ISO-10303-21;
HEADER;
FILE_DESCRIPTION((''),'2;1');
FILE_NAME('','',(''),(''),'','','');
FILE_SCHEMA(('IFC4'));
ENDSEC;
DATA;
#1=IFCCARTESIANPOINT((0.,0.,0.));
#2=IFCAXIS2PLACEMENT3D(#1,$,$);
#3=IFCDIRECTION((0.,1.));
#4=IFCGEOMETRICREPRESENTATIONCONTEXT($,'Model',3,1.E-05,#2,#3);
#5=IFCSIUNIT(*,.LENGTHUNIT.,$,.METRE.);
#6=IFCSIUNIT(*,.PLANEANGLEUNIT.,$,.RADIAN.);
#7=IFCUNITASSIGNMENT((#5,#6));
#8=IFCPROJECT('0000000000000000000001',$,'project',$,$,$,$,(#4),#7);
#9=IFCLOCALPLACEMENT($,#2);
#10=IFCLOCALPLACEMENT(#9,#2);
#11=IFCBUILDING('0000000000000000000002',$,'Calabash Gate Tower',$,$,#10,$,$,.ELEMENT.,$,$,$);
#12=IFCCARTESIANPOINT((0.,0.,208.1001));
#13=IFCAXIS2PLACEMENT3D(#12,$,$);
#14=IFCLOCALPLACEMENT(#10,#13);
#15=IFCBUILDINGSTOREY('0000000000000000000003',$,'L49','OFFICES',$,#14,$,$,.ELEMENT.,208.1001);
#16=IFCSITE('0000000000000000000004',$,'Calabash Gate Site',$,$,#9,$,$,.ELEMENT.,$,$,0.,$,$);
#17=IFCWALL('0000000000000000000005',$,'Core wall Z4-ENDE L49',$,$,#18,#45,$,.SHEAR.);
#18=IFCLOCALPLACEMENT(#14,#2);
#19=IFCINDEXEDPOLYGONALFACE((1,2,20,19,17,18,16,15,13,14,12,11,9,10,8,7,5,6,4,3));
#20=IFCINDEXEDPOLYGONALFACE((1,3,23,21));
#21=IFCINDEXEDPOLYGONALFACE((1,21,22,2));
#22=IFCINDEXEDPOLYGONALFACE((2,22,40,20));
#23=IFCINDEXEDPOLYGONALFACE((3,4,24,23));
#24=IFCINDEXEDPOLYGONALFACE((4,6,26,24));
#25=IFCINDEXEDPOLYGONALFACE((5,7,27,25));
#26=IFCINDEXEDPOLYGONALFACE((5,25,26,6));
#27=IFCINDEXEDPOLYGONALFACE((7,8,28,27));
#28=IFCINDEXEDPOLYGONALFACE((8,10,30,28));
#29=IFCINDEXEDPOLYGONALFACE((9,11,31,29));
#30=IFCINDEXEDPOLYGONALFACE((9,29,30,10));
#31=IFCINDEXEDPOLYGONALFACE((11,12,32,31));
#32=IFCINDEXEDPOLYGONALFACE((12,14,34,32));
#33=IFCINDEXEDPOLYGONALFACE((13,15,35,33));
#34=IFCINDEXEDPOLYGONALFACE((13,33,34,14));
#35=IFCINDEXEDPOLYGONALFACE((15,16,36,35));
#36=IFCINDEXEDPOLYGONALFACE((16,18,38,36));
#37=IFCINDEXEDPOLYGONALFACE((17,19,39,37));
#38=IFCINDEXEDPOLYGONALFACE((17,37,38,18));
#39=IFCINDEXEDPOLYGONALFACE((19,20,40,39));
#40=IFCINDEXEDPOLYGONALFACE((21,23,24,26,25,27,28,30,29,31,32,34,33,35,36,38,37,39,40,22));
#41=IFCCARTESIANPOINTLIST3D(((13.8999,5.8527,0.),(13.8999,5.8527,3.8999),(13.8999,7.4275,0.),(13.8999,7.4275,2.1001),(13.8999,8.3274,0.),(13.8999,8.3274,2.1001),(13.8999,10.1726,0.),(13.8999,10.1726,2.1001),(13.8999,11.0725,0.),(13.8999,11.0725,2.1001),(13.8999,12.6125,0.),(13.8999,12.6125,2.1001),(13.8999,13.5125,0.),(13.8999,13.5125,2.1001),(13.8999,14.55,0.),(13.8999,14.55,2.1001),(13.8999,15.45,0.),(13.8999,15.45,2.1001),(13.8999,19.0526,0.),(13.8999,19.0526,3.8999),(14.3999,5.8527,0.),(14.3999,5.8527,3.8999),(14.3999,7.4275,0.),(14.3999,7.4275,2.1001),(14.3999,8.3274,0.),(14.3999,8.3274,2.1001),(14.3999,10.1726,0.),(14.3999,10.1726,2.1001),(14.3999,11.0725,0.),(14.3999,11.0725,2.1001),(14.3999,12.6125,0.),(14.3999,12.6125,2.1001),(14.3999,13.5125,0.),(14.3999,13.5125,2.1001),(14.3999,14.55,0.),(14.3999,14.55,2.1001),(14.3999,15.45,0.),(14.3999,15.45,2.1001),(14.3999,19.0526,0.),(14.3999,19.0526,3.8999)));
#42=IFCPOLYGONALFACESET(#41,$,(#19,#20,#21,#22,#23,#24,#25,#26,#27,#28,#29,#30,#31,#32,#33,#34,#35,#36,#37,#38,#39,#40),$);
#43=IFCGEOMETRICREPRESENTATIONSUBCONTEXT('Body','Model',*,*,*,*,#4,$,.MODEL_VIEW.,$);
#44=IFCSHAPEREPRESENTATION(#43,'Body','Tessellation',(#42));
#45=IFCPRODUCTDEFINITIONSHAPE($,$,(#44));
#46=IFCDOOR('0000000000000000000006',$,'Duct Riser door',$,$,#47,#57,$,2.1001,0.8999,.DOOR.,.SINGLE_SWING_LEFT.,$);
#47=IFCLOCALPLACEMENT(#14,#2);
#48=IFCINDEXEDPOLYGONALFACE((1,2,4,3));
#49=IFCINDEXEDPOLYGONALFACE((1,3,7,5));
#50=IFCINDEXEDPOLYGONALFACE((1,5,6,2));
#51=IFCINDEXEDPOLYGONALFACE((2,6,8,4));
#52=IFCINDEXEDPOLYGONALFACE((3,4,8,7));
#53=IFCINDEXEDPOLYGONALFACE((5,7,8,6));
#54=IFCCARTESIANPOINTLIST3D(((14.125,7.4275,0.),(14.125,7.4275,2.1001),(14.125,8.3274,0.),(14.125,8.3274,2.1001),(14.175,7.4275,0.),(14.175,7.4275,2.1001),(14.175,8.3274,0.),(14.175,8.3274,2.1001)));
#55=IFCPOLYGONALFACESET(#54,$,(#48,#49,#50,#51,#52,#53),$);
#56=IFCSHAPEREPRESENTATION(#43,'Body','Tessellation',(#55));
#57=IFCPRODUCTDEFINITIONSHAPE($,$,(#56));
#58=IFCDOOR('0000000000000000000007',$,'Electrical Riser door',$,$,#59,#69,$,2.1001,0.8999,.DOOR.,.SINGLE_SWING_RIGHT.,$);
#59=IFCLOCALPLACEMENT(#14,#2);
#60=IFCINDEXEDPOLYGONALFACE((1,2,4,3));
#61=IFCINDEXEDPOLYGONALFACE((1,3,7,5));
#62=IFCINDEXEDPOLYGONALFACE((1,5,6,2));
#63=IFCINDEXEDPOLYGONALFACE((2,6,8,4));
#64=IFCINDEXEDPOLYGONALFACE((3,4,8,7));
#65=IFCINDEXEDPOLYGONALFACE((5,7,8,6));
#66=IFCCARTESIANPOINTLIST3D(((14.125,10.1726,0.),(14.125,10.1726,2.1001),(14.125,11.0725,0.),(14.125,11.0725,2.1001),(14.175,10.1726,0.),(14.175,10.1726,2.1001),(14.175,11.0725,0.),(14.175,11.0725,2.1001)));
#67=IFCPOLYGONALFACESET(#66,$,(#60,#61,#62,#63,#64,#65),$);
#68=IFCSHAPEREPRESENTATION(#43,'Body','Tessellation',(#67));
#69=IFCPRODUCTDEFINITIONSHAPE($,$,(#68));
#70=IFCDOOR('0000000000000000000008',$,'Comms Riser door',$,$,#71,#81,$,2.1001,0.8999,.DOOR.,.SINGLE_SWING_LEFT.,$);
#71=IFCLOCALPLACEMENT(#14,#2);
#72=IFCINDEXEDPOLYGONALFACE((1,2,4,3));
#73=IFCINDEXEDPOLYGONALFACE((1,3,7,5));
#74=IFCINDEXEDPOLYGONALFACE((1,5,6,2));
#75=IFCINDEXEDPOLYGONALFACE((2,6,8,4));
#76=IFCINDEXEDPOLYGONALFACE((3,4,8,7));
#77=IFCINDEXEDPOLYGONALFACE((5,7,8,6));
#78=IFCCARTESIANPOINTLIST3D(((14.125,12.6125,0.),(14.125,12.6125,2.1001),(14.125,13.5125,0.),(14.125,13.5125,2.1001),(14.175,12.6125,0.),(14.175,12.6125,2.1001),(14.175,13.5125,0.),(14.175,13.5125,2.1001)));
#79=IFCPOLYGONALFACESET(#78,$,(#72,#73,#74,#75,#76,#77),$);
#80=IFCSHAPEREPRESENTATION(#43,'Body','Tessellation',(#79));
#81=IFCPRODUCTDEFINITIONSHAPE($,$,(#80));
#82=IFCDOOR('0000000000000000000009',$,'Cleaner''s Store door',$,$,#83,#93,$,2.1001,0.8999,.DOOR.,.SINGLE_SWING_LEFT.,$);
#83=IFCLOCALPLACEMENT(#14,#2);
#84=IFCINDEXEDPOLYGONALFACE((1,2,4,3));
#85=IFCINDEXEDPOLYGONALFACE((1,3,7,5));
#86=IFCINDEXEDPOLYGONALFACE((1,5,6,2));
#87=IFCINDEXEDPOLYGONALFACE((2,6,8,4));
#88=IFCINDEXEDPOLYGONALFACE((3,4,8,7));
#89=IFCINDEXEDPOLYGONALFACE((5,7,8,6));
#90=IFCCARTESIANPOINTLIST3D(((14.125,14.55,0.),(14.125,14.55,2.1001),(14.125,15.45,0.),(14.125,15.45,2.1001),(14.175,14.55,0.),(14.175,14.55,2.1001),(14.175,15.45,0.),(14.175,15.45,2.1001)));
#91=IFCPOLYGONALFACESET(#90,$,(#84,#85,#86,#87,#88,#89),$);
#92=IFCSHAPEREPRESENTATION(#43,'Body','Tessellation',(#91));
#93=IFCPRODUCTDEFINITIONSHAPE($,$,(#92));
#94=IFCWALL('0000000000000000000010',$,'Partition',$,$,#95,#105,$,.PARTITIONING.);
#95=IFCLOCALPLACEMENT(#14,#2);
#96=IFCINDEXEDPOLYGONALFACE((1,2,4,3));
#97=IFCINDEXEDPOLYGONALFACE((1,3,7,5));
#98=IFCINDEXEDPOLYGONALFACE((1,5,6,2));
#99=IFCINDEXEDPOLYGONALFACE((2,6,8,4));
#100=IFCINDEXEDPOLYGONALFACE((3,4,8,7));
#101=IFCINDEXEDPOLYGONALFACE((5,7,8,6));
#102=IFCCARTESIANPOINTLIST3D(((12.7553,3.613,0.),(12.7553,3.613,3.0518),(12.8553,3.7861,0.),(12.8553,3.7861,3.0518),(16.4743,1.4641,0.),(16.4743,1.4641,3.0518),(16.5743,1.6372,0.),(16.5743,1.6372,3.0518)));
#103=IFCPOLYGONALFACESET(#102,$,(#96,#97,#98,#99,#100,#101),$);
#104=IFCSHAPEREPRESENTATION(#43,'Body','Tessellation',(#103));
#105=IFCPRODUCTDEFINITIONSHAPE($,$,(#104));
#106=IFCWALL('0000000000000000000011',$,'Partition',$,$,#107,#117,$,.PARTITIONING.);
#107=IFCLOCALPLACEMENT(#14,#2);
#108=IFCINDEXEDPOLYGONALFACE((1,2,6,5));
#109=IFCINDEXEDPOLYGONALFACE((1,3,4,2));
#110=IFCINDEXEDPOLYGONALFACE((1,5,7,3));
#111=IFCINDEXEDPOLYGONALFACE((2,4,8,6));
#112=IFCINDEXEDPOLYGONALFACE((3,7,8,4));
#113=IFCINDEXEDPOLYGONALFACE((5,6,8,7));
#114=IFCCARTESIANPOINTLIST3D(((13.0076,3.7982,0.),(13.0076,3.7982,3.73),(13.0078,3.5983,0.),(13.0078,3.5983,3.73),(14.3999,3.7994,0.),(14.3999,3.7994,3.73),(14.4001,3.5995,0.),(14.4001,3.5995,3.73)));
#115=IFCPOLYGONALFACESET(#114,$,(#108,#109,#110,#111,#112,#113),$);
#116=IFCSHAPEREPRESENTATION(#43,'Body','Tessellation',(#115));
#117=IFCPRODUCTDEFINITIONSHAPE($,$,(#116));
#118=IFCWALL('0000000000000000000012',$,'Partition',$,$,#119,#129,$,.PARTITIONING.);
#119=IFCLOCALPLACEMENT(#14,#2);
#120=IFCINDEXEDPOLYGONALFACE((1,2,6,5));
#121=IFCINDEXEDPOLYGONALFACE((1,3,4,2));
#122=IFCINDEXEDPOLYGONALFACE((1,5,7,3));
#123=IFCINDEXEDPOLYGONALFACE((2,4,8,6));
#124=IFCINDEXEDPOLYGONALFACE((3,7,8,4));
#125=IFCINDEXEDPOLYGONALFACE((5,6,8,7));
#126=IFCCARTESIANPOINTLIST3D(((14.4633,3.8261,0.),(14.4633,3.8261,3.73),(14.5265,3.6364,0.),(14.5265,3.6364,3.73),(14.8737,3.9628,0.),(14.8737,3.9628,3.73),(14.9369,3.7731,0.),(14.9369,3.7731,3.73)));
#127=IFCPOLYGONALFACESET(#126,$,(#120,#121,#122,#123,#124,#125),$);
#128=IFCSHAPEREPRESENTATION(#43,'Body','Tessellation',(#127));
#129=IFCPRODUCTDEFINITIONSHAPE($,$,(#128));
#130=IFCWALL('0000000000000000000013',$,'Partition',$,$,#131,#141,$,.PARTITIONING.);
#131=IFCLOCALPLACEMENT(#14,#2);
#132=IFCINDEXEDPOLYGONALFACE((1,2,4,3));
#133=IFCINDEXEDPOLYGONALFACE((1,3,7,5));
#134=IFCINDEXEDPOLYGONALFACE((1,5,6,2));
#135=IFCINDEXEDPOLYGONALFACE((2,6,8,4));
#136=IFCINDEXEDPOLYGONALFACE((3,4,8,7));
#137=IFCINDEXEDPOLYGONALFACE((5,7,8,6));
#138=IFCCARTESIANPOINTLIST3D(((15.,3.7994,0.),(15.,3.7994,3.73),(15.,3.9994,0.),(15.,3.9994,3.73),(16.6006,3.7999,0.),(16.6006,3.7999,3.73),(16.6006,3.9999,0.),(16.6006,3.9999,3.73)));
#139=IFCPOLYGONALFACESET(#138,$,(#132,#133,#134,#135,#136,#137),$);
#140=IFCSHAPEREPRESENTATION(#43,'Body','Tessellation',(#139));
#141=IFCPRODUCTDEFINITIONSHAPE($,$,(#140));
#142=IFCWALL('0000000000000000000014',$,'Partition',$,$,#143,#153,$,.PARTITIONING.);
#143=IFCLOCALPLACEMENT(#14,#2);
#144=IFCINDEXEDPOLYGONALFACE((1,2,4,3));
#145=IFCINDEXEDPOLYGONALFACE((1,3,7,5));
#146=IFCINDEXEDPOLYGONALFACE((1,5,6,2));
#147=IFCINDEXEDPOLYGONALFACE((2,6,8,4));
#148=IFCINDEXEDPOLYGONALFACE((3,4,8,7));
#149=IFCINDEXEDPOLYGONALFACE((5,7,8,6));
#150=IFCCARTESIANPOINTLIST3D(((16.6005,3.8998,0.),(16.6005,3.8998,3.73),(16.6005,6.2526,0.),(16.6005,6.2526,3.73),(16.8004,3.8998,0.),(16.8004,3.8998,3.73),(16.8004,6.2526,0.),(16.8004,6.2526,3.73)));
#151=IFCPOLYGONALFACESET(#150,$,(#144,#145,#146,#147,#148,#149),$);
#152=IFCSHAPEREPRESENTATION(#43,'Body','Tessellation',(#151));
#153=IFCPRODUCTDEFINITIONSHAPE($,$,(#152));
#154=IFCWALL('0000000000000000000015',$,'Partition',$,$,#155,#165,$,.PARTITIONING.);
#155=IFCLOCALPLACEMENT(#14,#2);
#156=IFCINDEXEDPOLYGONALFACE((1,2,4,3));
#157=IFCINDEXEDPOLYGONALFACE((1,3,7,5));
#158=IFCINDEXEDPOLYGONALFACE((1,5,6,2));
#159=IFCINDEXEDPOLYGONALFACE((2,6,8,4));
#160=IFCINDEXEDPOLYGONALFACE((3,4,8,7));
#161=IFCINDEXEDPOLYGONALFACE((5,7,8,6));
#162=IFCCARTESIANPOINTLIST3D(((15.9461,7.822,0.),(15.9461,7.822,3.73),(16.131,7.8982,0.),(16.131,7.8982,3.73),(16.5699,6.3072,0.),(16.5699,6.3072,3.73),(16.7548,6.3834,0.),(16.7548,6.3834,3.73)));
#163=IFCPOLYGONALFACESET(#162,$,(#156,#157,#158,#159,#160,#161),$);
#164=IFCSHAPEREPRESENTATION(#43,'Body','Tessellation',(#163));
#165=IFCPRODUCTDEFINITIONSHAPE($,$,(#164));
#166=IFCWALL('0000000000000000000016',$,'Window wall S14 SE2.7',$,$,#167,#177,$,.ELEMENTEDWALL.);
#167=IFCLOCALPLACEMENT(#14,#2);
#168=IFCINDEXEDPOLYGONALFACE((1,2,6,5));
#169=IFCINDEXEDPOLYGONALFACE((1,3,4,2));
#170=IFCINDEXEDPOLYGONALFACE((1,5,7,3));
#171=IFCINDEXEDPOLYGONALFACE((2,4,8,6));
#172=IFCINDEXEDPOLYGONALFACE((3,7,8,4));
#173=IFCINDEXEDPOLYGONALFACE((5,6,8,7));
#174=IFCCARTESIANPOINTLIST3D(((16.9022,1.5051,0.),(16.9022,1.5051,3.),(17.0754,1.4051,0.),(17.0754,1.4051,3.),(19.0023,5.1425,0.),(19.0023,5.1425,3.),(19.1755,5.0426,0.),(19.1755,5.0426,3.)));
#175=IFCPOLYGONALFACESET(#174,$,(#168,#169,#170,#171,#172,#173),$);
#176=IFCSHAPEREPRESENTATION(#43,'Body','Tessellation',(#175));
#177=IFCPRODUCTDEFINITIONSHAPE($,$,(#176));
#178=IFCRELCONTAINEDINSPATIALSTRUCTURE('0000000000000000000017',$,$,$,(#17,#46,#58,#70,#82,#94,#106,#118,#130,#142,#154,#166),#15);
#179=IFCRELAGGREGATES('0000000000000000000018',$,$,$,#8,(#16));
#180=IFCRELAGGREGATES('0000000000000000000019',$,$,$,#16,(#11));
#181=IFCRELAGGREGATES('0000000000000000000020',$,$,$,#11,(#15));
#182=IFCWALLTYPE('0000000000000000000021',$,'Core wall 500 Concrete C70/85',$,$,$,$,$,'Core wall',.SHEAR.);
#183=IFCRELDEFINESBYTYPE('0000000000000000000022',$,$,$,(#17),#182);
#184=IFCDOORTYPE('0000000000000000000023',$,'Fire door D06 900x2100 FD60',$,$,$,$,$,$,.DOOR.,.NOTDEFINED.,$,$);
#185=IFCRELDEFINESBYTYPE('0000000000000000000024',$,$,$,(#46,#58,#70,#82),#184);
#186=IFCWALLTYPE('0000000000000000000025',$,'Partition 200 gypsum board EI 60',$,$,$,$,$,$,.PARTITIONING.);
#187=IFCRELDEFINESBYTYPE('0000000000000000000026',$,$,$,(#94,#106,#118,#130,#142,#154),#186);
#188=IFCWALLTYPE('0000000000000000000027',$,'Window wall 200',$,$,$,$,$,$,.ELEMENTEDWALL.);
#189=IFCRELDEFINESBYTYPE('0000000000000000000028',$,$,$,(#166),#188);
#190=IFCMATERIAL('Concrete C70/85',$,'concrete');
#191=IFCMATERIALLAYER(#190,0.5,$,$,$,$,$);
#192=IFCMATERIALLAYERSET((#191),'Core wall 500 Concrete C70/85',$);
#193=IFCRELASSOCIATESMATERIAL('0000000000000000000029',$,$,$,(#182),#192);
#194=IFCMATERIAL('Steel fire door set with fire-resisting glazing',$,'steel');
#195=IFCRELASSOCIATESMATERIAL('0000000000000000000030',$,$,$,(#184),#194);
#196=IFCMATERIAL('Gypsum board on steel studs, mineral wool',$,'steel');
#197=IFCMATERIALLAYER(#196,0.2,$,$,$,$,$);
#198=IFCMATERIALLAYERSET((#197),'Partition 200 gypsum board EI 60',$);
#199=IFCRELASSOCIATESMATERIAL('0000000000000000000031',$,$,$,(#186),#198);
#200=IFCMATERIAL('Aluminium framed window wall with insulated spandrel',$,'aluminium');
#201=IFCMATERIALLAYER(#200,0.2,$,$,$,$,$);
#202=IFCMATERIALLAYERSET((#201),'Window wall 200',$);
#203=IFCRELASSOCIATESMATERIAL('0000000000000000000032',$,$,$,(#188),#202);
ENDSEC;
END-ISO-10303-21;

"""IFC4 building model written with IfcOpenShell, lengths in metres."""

from ifc_helpers import new_model, si_unit, direction, frame, frame_2d, origin, place, context, subcontext, project, spatial, rectangle, extrude, material, layer, layer_set, type_object, element, fill, save


model = new_model("IFC4")

# Units and contexts
model_context = context("Model", 3, precision=1e-05, world=origin(), true_north=direction((0.0, 1.0)))
body_context = subcontext(model_context, "Body", "Model", "MODEL_VIEW")
ifc_project = project(units=[si_unit("LENGTHUNIT", "METRE"), si_unit("PLANEANGLEUNIT", "RADIAN")], contexts=[model_context])

# Site, building, storey
site_placement = place(None, origin())
site = spatial("IfcSite", under=ifc_project, at=site_placement, Name="Calabash Gate Site", CompositionType="ELEMENT", RefElevation=0.0)
building_placement = place(site_placement, origin())
building = spatial("IfcBuilding", under=site, at=building_placement, Name="Calabash Gate Tower", CompositionType="ELEMENT")
storey_placement = place(building_placement, frame((0.0, 0.0, 208.1001)))
storey = spatial("IfcBuildingStorey", under=building, at=storey_placement, Name="L49", Description="OFFICES", CompositionType="ELEMENT", Elevation=208.1001)

# Wall, openings, doors
ifc_material_1 = material(Name="Concrete C70/85", Category="concrete")
ifc_layer_1 = layer(ifc_material_1, 0.5)
ifc_layer_set_1 = layer_set([ifc_layer_1], Name="Core wall 500 Concrete C70/85")
wall_type_1 = type_object("IfcWallType", Name="Core wall 500 Concrete C70/85", ElementType="Core wall", PredefinedType="SHEAR", material=ifc_layer_set_1)
wall_1_placement = place(storey_placement, frame((14.1499, 5.8525, 0.0), z_axis=(0.0, 0.0, 1.0), x_axis=(0.0, 1.0, 0.0)))
wall_1 = element("IfcWall", 1, at=wall_1_placement, inside=storey, type_object=wall_type_1, Name="Core wall Z4-ENDE L49", PredefinedType="SHEAR", context=body_context, shape_type="SweptSolid", body=[
    extrude(rectangle(XDim=13.2, YDim=0.5, at=frame_2d((6.6001, 0.0))), origin(), (0.0, 0.0, 1.0), 3.8999),
])
opening_1_placement = place(wall_1_placement, frame((1.575, 0.0, 0.0)))
opening_1 = element("IfcOpeningElement", 2, at=opening_1_placement, cuts=wall_1, PredefinedType="OPENING", context=body_context, shape_type="SweptSolid", body=[
    extrude(rectangle(XDim=0.8999, YDim=2.1001, at=frame_2d((0.45, 1.05))), frame((0.0, 0.26, 0.0), z_axis=(0.0, -1.0, 0.0), x_axis=(1.0, 0.0, 0.0)), (0.0, 0.0, 1.0), 0.52),
])
opening_2_placement = place(wall_1_placement, frame((4.3201, 0.0, 0.0)))
opening_2 = element("IfcOpeningElement", 3, at=opening_2_placement, cuts=wall_1, PredefinedType="OPENING", context=body_context, shape_type="SweptSolid", body=[
    extrude(rectangle(XDim=0.8999, YDim=2.1001, at=frame_2d((0.45, 1.05))), frame((0.0, 0.26, 0.0), z_axis=(0.0, -1.0, 0.0), x_axis=(1.0, 0.0, 0.0)), (0.0, 0.0, 1.0), 0.52),
])
opening_3_placement = place(wall_1_placement, frame((6.76, 0.0, 0.0)))
opening_3 = element("IfcOpeningElement", 4, at=opening_3_placement, cuts=wall_1, PredefinedType="OPENING", context=body_context, shape_type="SweptSolid", body=[
    extrude(rectangle(XDim=0.8999, YDim=2.1001, at=frame_2d((0.45, 1.05))), frame((0.0, 0.26, 0.0), z_axis=(0.0, -1.0, 0.0), x_axis=(1.0, 0.0, 0.0)), (0.0, 0.0, 1.0), 0.52),
])
opening_4_placement = place(wall_1_placement, frame((8.6975, 0.0, 0.0)))
opening_4 = element("IfcOpeningElement", 5, at=opening_4_placement, cuts=wall_1, PredefinedType="OPENING", context=body_context, shape_type="SweptSolid", body=[
    extrude(rectangle(XDim=0.8999, YDim=2.1001, at=frame_2d((0.45, 1.05))), frame((0.0, 0.26, 0.0), z_axis=(0.0, -1.0, 0.0), x_axis=(1.0, 0.0, 0.0)), (0.0, 0.0, 1.0), 0.52),
])
ifc_material_2 = material(Name="Steel fire door set with fire-resisting glazing", Category="steel")
door_type_1 = type_object("IfcDoorType", Name="Fire door D06 900x2100 FD60", OperationType="NOTDEFINED", PredefinedType="DOOR", material=ifc_material_2)
door_1_placement = place(opening_1_placement, origin())
door_1 = element("IfcDoor", 6, at=door_1_placement, inside=storey, type_object=door_type_1, Name="Duct Riser door", OperationType="SINGLE_SWING_LEFT", OverallHeight=2.1001, OverallWidth=0.8999, PredefinedType="DOOR", context=body_context, shape_type="SweptSolid", body=[
    extrude(rectangle(XDim=0.8999, YDim=2.1001, at=frame_2d((0.45, 1.05))), frame((0.0, 0.0249, 0.0), z_axis=(0.0, -1.0, 0.0), x_axis=(1.0, 0.0, 0.0)), (0.0, 0.0, 1.0), 0.05),
])
fill(opening_1, door_1)
door_2_placement = place(opening_2_placement, origin())
door_2 = element("IfcDoor", 7, at=door_2_placement, inside=storey, type_object=door_type_1, Name="Electrical Riser door", OperationType="SINGLE_SWING_RIGHT", OverallHeight=2.1001, OverallWidth=0.8999, PredefinedType="DOOR", context=body_context, shape_type="SweptSolid", body=[
    extrude(rectangle(XDim=0.8999, YDim=2.1001, at=frame_2d((0.45, 1.05))), frame((0.0, 0.0249, 0.0), z_axis=(0.0, -1.0, 0.0), x_axis=(1.0, 0.0, 0.0)), (0.0, 0.0, 1.0), 0.05),
])
fill(opening_2, door_2)
door_3_placement = place(opening_3_placement, origin())
door_3 = element("IfcDoor", 8, at=door_3_placement, inside=storey, type_object=door_type_1, Name="Comms Riser door", OperationType="SINGLE_SWING_LEFT", OverallHeight=2.1001, OverallWidth=0.8999, PredefinedType="DOOR", context=body_context, shape_type="SweptSolid", body=[
    extrude(rectangle(XDim=0.8999, YDim=2.1001, at=frame_2d((0.45, 1.05))), frame((0.0, 0.0249, 0.0), z_axis=(0.0, -1.0, 0.0), x_axis=(1.0, 0.0, 0.0)), (0.0, 0.0, 1.0), 0.05),
])
fill(opening_3, door_3)
door_4_placement = place(opening_4_placement, origin())
door_4 = element("IfcDoor", 9, at=door_4_placement, inside=storey, type_object=door_type_1, Name="Cleaner's Store door", OperationType="SINGLE_SWING_LEFT", OverallHeight=2.1001, OverallWidth=0.8999, PredefinedType="DOOR", context=body_context, shape_type="SweptSolid", body=[
    extrude(rectangle(XDim=0.8999, YDim=2.1001, at=frame_2d((0.45, 1.05))), frame((0.0, 0.0249, 0.0), z_axis=(0.0, -1.0, 0.0), x_axis=(1.0, 0.0, 0.0)), (0.0, 0.0, 1.0), 0.05),
])
fill(opening_4, door_4)

# Walls
ifc_material_3 = material(Name="Gypsum board on steel studs, mineral wool", Category="steel")
ifc_layer_2 = layer(ifc_material_3, 0.2)
ifc_layer_set_2 = layer_set([ifc_layer_2], Name="Partition 200 gypsum board EI 60")
wall_type_2 = type_object("IfcWallType", Name="Partition 200 gypsum board EI 60", PredefinedType="PARTITIONING", material=ifc_layer_set_2)
wall_2_placement = place(storey_placement, frame((12.8054, 3.6995, 0.0), z_axis=(0.0, 0.0, 1.0), x_axis=(0.865848, -0.500308, 0.0)))
element("IfcWall", 10, at=wall_2_placement, inside=storey, type_object=wall_type_2, Name="Partition", PredefinedType="PARTITIONING", context=body_context, shape_type="SweptSolid", body=[
    extrude(rectangle(XDim=4.2952, YDim=0.2, at=frame_2d((2.1475, 0.0))), origin(), (0.0, 0.0, 1.0), 3.0518),
])
wall_3_placement = place(storey_placement, frame((13.0076, 3.6982, 0.0), z_axis=(0.0, 0.0, 1.0), x_axis=(1.0, 0.000877, 0.0)))
element("IfcWall", 11, at=wall_3_placement, inside=storey, type_object=wall_type_2, Name="Partition", PredefinedType="PARTITIONING", context=body_context, shape_type="SweptSolid", body=[
    extrude(rectangle(XDim=1.3923, YDim=0.2, at=frame_2d((0.6963, 0.0))), origin(), (0.0, 0.0, 1.0), 3.73),
])
wall_4_placement = place(storey_placement, frame((14.4949, 3.7312, 0.0), z_axis=(0.0, 0.0, 1.0), x_axis=(0.94874, 0.316058, 0.0)))
element("IfcWall", 12, at=wall_4_placement, inside=storey, type_object=wall_type_2, Name="Partition", PredefinedType="PARTITIONING", context=body_context, shape_type="SweptSolid", body=[
    extrude(rectangle(XDim=0.4326, YDim=0.2, at=frame_2d((0.2163, 0.0))), origin(), (0.0, 0.0, 1.0), 3.73),
])
wall_5_placement = place(storey_placement, frame((15.0, 3.8994, 0.0), z_axis=(0.0, 0.0, 1.0), x_axis=(1.0, 0.000305, 0.0)))
element("IfcWall", 13, at=wall_5_placement, inside=storey, type_object=wall_type_2, Name="Partition", PredefinedType="PARTITIONING", context=body_context, shape_type="SweptSolid", body=[
    extrude(rectangle(XDim=1.6006, YDim=0.2, at=frame_2d((0.8003, 0.0))), origin(), (0.0, 0.0, 1.0), 3.73),
])
wall_6_placement = place(storey_placement, frame((16.7004, 3.8999, 0.0), z_axis=(0.0, 0.0, 1.0), x_axis=(0.0, 1.0, 0.0)))
element("IfcWall", 14, at=wall_6_placement, inside=storey, type_object=wall_type_2, Name="Partition", PredefinedType="PARTITIONING", context=body_context, shape_type="SweptSolid", body=[
    extrude(rectangle(XDim=2.3528, YDim=0.2, at=frame_2d((1.1763, 0.0))), origin(), (0.0, 0.0, 1.0), 3.73),
])
wall_7_placement = place(storey_placement, frame((16.0386, 7.8601, 0.0), z_axis=(0.0, 0.0, 1.0), x_axis=(0.38075, -0.924678, 0.0)))
element("IfcWall", 15, at=wall_7_placement, inside=storey, type_object=wall_type_2, Name="Partition", PredefinedType="PARTITIONING", context=body_context, shape_type="SweptSolid", body=[
    extrude(rectangle(XDim=1.6382, YDim=0.2, at=frame_2d((0.8191, 0.0))), origin(), (0.0, 0.0, 1.0), 3.73),
])

# Wall
ifc_material_4 = material(Name="Aluminium framed window wall with insulated spandrel", Category="aluminium")
ifc_layer_3 = layer(ifc_material_4, 0.2)
ifc_layer_set_3 = layer_set([ifc_layer_3], Name="Window wall 200")
wall_type_3 = type_object("IfcWallType", Name="Window wall 200", PredefinedType="ELEMENTEDWALL", material=ifc_layer_set_3)
wall_8_placement = place(storey_placement, frame((16.9888, 1.4551, 0.0), z_axis=(0.0, 0.0, 1.0), x_axis=(0.500003, 0.866024, 0.0)))
element("IfcWall", 16, at=wall_8_placement, inside=storey, type_object=wall_type_3, Name="Window wall S14 SE2.7", PredefinedType="ELEMENTEDWALL", context=body_context, shape_type="SweptSolid", body=[
    extrude(rectangle(XDim=4.2002, YDim=0.2, at=frame_2d((2.1001, 0.0))), origin(), (0.0, 0.0, 1.0), 3.0),
])

save(model, "model.ifc")
